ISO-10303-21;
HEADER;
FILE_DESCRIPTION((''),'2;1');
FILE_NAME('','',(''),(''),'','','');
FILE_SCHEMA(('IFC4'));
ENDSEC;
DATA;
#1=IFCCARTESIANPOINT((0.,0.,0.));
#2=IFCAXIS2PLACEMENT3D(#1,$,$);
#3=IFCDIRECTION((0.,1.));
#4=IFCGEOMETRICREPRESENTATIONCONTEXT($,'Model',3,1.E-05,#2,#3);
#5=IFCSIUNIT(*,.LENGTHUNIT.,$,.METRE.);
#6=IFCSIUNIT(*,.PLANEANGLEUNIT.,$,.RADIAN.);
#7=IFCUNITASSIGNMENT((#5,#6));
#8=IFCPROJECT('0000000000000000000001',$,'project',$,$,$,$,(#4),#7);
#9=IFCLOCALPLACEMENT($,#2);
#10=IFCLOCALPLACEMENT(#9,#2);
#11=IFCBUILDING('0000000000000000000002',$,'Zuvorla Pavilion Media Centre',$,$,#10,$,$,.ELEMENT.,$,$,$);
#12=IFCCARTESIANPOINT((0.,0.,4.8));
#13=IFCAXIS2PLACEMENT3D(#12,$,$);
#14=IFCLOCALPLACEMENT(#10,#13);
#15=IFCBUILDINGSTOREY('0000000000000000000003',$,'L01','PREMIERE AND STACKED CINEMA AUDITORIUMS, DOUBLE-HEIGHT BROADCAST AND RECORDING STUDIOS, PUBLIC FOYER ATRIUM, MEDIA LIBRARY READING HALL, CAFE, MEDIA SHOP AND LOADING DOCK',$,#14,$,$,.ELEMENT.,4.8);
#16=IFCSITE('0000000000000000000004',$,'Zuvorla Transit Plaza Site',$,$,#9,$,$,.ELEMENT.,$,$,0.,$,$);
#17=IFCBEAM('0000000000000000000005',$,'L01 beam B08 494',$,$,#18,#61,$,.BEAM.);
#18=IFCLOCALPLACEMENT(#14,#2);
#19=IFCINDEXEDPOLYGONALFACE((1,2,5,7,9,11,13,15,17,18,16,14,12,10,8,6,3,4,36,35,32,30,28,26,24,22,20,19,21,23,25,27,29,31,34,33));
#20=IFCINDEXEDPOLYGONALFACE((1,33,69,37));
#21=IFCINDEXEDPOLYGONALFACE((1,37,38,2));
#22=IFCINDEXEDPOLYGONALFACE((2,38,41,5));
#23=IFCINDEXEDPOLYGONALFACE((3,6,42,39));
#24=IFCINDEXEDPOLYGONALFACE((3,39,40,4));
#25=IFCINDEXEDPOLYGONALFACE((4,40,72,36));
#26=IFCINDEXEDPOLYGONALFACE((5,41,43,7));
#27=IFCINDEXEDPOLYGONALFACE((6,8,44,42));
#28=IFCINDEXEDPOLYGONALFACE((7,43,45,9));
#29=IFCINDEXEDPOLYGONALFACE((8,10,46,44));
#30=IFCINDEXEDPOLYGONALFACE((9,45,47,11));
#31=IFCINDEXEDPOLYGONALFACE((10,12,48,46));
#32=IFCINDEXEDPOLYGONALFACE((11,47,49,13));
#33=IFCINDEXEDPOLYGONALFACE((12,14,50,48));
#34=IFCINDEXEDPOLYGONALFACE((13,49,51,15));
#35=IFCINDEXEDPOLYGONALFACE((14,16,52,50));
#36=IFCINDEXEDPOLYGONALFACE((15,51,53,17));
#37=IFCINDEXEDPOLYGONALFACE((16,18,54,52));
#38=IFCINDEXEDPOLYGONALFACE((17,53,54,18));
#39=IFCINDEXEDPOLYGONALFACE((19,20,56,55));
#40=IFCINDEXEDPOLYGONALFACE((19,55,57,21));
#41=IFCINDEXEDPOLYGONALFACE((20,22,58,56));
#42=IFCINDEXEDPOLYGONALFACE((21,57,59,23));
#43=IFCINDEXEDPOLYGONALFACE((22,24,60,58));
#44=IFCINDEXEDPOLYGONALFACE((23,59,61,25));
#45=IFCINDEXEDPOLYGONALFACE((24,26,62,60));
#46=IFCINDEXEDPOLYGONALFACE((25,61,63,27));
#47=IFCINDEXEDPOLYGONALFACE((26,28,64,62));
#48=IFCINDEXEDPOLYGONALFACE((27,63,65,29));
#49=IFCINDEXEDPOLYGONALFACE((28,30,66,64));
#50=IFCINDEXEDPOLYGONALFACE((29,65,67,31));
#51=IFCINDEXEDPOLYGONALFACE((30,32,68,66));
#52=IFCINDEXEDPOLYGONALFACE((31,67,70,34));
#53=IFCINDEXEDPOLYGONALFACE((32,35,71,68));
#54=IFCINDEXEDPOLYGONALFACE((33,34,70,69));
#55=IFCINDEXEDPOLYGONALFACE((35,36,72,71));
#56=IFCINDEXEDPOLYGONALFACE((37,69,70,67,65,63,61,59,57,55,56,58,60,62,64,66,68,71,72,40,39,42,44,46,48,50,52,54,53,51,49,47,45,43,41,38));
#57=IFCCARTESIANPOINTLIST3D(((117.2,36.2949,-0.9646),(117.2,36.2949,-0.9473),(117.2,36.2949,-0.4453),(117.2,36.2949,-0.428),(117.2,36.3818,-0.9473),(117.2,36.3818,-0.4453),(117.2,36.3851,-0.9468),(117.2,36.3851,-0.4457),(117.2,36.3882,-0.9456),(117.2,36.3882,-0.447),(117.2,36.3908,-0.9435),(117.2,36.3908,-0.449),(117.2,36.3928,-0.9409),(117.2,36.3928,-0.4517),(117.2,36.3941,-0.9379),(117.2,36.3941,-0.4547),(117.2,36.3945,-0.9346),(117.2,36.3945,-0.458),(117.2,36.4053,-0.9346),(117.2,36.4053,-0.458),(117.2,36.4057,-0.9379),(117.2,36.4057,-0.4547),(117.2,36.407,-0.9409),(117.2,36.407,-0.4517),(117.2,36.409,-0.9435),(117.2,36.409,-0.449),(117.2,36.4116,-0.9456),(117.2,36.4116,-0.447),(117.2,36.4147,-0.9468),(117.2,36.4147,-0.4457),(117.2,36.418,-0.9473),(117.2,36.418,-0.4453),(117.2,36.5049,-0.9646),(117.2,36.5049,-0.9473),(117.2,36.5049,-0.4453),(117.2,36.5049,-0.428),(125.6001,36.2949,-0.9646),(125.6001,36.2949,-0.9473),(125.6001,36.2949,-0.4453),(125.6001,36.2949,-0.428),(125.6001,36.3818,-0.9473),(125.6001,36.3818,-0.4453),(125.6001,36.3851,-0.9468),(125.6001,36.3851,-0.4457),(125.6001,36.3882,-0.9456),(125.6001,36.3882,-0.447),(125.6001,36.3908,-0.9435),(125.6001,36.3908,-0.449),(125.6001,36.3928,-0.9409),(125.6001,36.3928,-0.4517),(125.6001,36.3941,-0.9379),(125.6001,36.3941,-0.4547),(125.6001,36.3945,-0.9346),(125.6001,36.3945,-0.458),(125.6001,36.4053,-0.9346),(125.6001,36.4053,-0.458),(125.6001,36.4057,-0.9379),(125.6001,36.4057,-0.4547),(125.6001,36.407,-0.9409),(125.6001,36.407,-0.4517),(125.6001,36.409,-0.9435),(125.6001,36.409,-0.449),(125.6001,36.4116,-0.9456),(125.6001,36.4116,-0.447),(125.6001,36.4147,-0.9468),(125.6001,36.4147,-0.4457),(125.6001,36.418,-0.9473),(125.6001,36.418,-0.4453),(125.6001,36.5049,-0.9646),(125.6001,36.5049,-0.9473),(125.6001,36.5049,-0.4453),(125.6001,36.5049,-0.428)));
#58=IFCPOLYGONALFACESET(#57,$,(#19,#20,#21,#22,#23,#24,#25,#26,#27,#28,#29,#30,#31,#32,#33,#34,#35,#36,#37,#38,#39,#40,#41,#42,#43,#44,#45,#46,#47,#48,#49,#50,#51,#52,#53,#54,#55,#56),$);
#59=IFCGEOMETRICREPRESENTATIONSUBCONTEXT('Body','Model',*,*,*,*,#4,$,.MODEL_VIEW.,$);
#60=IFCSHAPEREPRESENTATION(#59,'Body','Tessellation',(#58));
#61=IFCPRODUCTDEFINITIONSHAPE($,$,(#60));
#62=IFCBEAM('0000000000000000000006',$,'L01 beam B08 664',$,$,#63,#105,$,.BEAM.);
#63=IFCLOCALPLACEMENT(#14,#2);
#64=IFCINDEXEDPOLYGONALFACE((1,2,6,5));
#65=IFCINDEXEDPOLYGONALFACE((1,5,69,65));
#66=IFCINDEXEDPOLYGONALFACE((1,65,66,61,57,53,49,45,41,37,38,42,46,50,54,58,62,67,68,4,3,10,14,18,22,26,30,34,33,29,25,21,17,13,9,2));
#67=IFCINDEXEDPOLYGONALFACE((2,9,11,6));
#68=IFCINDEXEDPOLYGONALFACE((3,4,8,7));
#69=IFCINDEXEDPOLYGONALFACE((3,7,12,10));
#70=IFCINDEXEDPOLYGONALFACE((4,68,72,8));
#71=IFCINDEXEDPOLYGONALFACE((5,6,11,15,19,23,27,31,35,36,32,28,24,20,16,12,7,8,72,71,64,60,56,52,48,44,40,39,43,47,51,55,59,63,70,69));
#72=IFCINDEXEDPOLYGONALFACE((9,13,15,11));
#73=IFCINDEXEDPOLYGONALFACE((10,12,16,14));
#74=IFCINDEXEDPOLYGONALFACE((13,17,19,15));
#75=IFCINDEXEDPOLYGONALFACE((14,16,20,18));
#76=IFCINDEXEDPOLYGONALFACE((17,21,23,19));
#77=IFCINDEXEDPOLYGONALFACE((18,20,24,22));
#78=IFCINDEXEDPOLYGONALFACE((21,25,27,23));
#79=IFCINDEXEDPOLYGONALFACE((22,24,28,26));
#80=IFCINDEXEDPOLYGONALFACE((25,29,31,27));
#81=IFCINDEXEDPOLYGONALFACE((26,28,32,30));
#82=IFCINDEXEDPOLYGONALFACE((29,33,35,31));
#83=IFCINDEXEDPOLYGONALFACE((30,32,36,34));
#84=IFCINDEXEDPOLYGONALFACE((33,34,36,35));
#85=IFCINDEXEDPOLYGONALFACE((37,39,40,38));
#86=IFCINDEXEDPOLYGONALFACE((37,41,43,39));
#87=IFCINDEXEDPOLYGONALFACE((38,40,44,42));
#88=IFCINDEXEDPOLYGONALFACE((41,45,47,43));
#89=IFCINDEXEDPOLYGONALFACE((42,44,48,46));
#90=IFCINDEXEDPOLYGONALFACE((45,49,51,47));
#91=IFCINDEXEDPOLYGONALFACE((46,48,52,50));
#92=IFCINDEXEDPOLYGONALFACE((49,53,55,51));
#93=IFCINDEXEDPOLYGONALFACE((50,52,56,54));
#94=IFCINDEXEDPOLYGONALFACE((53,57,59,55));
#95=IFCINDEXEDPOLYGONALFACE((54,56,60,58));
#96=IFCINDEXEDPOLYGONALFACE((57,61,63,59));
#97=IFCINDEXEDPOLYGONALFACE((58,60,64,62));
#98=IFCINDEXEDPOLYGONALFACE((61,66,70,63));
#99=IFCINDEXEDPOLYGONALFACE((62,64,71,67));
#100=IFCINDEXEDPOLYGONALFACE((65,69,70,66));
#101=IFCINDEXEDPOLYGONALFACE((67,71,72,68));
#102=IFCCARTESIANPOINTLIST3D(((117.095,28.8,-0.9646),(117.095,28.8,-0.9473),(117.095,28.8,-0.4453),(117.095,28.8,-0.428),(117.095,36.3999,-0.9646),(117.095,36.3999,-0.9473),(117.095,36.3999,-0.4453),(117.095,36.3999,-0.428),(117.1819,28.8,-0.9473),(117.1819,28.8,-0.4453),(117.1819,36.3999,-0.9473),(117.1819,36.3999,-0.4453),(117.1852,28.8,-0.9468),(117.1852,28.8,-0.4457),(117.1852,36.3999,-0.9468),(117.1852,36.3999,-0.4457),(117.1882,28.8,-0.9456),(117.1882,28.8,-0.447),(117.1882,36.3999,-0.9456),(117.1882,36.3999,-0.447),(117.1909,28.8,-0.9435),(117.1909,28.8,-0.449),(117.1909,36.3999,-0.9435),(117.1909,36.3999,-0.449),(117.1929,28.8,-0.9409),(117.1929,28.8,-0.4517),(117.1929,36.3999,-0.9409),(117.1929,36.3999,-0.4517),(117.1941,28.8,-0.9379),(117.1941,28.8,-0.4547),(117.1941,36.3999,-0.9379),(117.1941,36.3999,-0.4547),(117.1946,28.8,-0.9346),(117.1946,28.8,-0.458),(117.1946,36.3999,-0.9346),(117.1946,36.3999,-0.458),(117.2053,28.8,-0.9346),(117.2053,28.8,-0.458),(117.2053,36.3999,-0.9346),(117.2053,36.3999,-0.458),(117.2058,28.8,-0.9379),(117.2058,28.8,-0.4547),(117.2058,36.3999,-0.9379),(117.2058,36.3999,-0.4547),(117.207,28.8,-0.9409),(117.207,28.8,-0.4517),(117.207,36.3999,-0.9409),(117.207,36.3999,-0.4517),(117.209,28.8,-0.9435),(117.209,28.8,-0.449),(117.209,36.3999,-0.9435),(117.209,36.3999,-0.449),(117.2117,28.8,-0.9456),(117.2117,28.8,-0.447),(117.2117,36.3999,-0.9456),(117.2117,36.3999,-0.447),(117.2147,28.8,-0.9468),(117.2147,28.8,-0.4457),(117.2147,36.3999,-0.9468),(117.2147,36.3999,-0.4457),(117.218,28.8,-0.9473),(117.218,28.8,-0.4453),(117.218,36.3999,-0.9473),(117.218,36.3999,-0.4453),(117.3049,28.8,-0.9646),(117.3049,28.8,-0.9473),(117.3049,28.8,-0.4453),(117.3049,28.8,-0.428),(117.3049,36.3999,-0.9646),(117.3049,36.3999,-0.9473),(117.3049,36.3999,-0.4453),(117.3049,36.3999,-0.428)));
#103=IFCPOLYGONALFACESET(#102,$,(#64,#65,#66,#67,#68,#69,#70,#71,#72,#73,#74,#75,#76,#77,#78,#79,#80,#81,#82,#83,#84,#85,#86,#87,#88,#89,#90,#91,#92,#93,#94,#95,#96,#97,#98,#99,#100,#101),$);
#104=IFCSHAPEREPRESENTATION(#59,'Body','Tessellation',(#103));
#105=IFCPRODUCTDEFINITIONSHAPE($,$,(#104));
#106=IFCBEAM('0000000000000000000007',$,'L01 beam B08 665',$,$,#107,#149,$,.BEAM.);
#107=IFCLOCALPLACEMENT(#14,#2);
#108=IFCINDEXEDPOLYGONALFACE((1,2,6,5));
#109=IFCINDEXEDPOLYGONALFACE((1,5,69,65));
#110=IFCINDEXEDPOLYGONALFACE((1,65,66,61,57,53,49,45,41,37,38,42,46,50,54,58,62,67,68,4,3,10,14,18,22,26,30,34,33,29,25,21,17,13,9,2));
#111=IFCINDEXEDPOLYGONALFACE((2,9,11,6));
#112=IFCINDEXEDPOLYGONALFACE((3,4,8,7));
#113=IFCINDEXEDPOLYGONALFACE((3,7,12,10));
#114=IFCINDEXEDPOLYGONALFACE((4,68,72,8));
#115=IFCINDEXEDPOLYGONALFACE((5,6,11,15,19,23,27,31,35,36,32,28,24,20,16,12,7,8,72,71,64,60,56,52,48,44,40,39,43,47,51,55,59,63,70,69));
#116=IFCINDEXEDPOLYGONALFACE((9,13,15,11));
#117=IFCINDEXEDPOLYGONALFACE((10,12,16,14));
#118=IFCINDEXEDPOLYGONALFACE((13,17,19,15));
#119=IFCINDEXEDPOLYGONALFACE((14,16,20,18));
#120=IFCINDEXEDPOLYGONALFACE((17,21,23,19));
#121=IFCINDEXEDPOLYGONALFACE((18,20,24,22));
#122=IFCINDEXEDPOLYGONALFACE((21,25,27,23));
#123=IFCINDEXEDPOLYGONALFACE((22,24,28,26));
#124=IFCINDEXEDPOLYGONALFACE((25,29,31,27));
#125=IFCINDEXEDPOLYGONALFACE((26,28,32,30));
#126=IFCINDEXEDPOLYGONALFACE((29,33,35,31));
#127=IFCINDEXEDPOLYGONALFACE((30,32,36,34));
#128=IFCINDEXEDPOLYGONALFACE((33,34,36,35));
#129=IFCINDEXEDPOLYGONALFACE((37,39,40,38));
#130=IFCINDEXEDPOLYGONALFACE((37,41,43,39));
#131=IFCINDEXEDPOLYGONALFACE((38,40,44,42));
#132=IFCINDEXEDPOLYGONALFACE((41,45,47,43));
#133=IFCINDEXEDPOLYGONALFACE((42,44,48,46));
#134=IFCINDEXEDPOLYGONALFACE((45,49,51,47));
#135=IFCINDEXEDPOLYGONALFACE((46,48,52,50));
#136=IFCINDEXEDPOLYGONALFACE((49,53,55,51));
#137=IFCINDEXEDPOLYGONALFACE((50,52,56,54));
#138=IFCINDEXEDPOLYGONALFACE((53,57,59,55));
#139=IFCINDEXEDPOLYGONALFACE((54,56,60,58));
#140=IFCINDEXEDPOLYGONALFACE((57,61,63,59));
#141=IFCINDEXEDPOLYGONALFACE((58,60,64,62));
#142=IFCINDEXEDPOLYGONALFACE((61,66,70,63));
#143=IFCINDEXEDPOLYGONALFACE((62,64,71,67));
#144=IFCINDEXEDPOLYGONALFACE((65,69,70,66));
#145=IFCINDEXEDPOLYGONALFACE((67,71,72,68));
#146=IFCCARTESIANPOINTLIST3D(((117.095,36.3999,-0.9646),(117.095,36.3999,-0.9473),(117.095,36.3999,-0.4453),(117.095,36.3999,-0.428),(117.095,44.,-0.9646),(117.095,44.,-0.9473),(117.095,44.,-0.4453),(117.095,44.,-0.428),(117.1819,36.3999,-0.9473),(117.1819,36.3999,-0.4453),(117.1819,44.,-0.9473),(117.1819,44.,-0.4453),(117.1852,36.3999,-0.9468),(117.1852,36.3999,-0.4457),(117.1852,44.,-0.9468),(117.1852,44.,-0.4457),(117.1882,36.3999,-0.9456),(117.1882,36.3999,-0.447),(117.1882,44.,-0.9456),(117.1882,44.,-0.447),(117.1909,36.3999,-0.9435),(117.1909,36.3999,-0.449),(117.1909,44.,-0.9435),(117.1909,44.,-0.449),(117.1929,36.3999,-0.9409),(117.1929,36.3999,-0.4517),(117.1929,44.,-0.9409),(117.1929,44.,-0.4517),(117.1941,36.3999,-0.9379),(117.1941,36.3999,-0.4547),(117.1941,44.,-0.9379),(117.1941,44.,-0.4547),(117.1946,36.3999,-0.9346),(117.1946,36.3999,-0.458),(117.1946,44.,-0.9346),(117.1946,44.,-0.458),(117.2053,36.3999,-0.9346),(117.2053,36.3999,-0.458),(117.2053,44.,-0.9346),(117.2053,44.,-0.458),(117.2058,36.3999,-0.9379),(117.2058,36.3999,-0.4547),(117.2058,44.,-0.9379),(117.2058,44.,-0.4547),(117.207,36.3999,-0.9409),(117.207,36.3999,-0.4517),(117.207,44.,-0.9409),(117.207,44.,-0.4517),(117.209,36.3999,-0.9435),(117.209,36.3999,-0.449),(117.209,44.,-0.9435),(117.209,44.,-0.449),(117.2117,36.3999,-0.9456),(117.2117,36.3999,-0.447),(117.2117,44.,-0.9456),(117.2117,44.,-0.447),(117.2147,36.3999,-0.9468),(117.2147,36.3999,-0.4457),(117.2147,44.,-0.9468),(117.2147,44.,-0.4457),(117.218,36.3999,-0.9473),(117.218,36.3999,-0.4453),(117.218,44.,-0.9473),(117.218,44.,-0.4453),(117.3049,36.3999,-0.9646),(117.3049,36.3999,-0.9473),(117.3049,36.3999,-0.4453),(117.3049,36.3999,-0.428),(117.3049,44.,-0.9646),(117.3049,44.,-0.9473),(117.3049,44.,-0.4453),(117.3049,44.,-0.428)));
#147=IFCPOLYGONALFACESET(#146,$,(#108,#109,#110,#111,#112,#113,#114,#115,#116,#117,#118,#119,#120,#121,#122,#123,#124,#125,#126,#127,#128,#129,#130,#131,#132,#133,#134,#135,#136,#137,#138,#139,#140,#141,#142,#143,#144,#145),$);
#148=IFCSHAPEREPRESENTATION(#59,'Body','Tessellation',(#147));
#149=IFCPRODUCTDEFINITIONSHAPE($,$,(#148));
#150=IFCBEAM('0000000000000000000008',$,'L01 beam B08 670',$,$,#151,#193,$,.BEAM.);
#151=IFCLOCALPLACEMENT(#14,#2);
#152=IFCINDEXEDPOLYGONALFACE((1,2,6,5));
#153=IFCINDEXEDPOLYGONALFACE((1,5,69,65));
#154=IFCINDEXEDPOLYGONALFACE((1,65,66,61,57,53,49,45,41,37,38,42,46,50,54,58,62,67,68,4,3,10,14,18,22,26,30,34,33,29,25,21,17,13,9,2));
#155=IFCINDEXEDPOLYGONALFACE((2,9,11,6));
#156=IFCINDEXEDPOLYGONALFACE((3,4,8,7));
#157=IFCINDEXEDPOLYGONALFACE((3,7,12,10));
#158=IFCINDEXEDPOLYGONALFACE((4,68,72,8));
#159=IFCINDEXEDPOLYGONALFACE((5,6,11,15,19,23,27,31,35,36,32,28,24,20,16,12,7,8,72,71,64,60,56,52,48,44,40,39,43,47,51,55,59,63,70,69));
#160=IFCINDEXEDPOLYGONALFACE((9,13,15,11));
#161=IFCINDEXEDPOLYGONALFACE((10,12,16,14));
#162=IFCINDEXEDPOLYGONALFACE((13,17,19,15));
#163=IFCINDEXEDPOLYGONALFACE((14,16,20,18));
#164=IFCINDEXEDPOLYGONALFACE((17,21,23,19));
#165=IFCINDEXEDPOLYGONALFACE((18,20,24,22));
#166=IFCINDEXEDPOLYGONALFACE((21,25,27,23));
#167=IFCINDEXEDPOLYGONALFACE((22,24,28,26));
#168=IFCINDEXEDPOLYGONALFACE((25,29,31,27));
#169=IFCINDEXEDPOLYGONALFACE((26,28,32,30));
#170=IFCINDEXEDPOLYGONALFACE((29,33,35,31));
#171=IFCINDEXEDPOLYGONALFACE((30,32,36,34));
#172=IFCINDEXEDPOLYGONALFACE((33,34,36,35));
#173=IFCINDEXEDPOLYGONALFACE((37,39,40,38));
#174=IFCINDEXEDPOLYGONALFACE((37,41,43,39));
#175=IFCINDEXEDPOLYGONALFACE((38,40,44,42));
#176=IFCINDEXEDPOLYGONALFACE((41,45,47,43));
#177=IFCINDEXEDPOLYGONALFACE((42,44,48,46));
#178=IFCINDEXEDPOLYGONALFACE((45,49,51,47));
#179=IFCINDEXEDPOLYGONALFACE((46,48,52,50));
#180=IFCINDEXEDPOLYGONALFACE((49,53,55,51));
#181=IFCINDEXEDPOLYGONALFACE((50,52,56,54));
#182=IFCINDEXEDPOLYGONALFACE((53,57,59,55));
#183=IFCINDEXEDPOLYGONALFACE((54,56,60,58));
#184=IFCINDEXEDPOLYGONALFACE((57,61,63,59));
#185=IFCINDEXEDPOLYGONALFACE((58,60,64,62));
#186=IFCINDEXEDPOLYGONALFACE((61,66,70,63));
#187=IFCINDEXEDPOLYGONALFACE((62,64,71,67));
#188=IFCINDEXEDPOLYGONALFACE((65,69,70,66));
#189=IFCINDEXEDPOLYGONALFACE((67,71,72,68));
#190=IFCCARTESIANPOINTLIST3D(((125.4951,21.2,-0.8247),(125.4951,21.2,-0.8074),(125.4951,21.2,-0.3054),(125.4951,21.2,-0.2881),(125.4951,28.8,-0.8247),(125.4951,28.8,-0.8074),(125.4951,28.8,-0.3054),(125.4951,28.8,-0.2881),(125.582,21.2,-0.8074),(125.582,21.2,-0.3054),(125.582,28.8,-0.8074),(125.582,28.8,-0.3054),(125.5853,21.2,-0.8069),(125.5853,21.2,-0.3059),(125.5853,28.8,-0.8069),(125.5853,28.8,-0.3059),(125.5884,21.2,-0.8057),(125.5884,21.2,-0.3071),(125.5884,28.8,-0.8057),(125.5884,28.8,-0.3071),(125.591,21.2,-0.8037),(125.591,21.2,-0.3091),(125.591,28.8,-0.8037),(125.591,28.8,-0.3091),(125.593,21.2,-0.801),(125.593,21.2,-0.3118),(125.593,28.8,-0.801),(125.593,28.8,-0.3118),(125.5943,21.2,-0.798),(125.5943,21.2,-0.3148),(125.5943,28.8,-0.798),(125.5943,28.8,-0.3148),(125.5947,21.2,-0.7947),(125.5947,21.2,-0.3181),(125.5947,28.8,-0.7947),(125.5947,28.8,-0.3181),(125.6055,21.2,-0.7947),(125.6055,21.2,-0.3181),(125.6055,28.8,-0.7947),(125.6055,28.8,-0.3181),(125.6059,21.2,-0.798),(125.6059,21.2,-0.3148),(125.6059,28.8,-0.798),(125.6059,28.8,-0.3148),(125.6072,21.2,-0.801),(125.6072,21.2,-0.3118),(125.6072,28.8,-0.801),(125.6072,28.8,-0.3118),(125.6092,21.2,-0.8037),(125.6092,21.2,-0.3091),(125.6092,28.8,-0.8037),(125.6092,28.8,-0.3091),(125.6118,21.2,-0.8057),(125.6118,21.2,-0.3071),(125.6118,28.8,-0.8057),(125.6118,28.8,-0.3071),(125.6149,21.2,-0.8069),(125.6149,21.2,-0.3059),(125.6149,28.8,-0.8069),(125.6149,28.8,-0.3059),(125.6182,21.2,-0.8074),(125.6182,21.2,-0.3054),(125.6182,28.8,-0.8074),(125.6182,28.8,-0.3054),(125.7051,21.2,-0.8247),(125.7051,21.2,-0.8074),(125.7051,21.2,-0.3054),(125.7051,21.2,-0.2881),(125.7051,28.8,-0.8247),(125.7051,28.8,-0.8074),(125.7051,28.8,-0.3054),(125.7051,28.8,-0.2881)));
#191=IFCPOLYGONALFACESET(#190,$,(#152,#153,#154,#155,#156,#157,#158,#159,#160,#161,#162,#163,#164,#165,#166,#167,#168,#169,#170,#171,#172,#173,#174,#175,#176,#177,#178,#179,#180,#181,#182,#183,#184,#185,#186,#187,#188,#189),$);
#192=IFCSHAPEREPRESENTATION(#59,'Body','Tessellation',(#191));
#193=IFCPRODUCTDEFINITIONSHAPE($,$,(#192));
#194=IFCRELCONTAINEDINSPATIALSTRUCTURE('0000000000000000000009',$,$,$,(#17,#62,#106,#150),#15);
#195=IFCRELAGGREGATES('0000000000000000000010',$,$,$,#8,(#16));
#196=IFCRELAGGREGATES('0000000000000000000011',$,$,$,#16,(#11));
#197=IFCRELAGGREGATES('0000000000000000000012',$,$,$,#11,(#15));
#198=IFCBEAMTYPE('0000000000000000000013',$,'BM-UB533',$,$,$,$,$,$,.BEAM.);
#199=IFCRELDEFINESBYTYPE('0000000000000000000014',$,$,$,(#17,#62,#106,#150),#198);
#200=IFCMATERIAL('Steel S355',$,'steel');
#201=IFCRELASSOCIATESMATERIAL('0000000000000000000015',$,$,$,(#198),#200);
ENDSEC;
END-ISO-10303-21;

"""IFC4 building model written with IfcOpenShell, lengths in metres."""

from ifc_helpers import new_model, si_unit, direction, frame, origin, origin_2d, place, context, subcontext, project, spatial, i_section, extrude, material, material_profile, profile_set, type_object, element, save


model = new_model("IFC4")

# Units and contexts
model_context = context("Model", 3, precision=1e-05, world=origin(), true_north=direction((0.0, 1.0)))
body_context = subcontext(model_context, "Body", "Model", "MODEL_VIEW")
ifc_project = project(units=[si_unit("LENGTHUNIT", "METRE"), si_unit("PLANEANGLEUNIT", "RADIAN")], contexts=[model_context])

# Site, building, storey
site_placement = place(None, origin())
site = spatial("IfcSite", under=ifc_project, at=site_placement, Name="Zuvorla Transit Plaza Site", CompositionType="ELEMENT", RefElevation=0.0)
building_placement = place(site_placement, origin())
building = spatial("IfcBuilding", under=site, at=building_placement, Name="Zuvorla Pavilion Media Centre", CompositionType="ELEMENT")
storey_placement = place(building_placement, frame((0.0, 0.0, 4.8)))
storey = spatial("IfcBuildingStorey", under=building, at=storey_placement, Name="L01", Description="PREMIERE AND STACKED CINEMA AUDITORIUMS, DOUBLE-HEIGHT BROADCAST AND RECORDING STUDIOS, PUBLIC FOYER ATRIUM, MEDIA LIBRARY READING HALL, CAFE, MEDIA SHOP AND LOADING DOCK", CompositionType="ELEMENT", Elevation=4.8)

# Shared definitions
ifc_material_1 = material(Name="Steel S355", Category="steel")

# Beams
ifc_material_profile_1 = material_profile(ifc_material_1, i_section(OverallWidth=0.21, OverallDepth=0.5366, WebThickness=0.0107, FlangeThickness=0.0173, FilletRadius=0.0127, at=origin_2d()), Name="UB 533x210x101")
ifc_profile_set_1 = profile_set([ifc_material_profile_1], Name="Steel S355")
beam_type_1 = type_object("IfcBeamType", Name="BM-UB533", PredefinedType="BEAM", material=ifc_profile_set_1)
for number, where, z_axis, x_axis, name in (
    (1, (117.2, 36.3999, -0.6963), (1.0, 0.0, 0.0), (0.0, 1.0, 0.0), "L01 beam B08 494"),
):
    element("IfcBeam", number, at=place(storey_placement, frame(where, z_axis=z_axis, x_axis=x_axis)), inside=storey, type_object=beam_type_1, Name=name, PredefinedType="BEAM", context=body_context, shape_type="SweptSolid", body=[
        extrude(i_section(OverallWidth=0.21, OverallDepth=0.5366, WebThickness=0.0107, FlangeThickness=0.0173, FilletRadius=0.0127, at=origin_2d()), origin(), (0.0, 0.0, 1.0), 8.4001),
    ])
beam_1_placement = place(storey_placement, frame((117.2, 28.8, -0.6963), z_axis=(0.0, 1.0, 0.0), x_axis=(-1.0, 0.0, 0.0)))
element("IfcBeam", 2, at=beam_1_placement, inside=storey, type_object=beam_type_1, Name="L01 beam B08 664", PredefinedType="BEAM", context=body_context, shape_type="SweptSolid", body=[
    extrude(i_section(OverallWidth=0.21, OverallDepth=0.5366, WebThickness=0.0107, FlangeThickness=0.0173, FilletRadius=0.0127, at=origin_2d()), origin(), (0.0, 0.0, 1.0), 7.5999),
])
for number, where, z_axis, x_axis, name in (
    (3, (117.2, 36.3999, -0.6963), (0.0, 1.0, 0.0), (-1.0, 0.0, 0.0), "L01 beam B08 665"),
    (4, (125.6001, 21.2, -0.5564), (0.0, 1.0, 0.0), (-1.0, 0.0, 0.0), "L01 beam B08 670"),
):
    element("IfcBeam", number, at=place(storey_placement, frame(where, z_axis=z_axis, x_axis=x_axis)), inside=storey, type_object=beam_type_1, Name=name, PredefinedType="BEAM", context=body_context, shape_type="SweptSolid", body=[
        extrude(i_section(OverallWidth=0.21, OverallDepth=0.5366, WebThickness=0.0107, FlangeThickness=0.0173, FilletRadius=0.0127, at=origin_2d()), origin(), (0.0, 0.0, 1.0), 7.6001),
    ])

save(model, "model.ifc")
